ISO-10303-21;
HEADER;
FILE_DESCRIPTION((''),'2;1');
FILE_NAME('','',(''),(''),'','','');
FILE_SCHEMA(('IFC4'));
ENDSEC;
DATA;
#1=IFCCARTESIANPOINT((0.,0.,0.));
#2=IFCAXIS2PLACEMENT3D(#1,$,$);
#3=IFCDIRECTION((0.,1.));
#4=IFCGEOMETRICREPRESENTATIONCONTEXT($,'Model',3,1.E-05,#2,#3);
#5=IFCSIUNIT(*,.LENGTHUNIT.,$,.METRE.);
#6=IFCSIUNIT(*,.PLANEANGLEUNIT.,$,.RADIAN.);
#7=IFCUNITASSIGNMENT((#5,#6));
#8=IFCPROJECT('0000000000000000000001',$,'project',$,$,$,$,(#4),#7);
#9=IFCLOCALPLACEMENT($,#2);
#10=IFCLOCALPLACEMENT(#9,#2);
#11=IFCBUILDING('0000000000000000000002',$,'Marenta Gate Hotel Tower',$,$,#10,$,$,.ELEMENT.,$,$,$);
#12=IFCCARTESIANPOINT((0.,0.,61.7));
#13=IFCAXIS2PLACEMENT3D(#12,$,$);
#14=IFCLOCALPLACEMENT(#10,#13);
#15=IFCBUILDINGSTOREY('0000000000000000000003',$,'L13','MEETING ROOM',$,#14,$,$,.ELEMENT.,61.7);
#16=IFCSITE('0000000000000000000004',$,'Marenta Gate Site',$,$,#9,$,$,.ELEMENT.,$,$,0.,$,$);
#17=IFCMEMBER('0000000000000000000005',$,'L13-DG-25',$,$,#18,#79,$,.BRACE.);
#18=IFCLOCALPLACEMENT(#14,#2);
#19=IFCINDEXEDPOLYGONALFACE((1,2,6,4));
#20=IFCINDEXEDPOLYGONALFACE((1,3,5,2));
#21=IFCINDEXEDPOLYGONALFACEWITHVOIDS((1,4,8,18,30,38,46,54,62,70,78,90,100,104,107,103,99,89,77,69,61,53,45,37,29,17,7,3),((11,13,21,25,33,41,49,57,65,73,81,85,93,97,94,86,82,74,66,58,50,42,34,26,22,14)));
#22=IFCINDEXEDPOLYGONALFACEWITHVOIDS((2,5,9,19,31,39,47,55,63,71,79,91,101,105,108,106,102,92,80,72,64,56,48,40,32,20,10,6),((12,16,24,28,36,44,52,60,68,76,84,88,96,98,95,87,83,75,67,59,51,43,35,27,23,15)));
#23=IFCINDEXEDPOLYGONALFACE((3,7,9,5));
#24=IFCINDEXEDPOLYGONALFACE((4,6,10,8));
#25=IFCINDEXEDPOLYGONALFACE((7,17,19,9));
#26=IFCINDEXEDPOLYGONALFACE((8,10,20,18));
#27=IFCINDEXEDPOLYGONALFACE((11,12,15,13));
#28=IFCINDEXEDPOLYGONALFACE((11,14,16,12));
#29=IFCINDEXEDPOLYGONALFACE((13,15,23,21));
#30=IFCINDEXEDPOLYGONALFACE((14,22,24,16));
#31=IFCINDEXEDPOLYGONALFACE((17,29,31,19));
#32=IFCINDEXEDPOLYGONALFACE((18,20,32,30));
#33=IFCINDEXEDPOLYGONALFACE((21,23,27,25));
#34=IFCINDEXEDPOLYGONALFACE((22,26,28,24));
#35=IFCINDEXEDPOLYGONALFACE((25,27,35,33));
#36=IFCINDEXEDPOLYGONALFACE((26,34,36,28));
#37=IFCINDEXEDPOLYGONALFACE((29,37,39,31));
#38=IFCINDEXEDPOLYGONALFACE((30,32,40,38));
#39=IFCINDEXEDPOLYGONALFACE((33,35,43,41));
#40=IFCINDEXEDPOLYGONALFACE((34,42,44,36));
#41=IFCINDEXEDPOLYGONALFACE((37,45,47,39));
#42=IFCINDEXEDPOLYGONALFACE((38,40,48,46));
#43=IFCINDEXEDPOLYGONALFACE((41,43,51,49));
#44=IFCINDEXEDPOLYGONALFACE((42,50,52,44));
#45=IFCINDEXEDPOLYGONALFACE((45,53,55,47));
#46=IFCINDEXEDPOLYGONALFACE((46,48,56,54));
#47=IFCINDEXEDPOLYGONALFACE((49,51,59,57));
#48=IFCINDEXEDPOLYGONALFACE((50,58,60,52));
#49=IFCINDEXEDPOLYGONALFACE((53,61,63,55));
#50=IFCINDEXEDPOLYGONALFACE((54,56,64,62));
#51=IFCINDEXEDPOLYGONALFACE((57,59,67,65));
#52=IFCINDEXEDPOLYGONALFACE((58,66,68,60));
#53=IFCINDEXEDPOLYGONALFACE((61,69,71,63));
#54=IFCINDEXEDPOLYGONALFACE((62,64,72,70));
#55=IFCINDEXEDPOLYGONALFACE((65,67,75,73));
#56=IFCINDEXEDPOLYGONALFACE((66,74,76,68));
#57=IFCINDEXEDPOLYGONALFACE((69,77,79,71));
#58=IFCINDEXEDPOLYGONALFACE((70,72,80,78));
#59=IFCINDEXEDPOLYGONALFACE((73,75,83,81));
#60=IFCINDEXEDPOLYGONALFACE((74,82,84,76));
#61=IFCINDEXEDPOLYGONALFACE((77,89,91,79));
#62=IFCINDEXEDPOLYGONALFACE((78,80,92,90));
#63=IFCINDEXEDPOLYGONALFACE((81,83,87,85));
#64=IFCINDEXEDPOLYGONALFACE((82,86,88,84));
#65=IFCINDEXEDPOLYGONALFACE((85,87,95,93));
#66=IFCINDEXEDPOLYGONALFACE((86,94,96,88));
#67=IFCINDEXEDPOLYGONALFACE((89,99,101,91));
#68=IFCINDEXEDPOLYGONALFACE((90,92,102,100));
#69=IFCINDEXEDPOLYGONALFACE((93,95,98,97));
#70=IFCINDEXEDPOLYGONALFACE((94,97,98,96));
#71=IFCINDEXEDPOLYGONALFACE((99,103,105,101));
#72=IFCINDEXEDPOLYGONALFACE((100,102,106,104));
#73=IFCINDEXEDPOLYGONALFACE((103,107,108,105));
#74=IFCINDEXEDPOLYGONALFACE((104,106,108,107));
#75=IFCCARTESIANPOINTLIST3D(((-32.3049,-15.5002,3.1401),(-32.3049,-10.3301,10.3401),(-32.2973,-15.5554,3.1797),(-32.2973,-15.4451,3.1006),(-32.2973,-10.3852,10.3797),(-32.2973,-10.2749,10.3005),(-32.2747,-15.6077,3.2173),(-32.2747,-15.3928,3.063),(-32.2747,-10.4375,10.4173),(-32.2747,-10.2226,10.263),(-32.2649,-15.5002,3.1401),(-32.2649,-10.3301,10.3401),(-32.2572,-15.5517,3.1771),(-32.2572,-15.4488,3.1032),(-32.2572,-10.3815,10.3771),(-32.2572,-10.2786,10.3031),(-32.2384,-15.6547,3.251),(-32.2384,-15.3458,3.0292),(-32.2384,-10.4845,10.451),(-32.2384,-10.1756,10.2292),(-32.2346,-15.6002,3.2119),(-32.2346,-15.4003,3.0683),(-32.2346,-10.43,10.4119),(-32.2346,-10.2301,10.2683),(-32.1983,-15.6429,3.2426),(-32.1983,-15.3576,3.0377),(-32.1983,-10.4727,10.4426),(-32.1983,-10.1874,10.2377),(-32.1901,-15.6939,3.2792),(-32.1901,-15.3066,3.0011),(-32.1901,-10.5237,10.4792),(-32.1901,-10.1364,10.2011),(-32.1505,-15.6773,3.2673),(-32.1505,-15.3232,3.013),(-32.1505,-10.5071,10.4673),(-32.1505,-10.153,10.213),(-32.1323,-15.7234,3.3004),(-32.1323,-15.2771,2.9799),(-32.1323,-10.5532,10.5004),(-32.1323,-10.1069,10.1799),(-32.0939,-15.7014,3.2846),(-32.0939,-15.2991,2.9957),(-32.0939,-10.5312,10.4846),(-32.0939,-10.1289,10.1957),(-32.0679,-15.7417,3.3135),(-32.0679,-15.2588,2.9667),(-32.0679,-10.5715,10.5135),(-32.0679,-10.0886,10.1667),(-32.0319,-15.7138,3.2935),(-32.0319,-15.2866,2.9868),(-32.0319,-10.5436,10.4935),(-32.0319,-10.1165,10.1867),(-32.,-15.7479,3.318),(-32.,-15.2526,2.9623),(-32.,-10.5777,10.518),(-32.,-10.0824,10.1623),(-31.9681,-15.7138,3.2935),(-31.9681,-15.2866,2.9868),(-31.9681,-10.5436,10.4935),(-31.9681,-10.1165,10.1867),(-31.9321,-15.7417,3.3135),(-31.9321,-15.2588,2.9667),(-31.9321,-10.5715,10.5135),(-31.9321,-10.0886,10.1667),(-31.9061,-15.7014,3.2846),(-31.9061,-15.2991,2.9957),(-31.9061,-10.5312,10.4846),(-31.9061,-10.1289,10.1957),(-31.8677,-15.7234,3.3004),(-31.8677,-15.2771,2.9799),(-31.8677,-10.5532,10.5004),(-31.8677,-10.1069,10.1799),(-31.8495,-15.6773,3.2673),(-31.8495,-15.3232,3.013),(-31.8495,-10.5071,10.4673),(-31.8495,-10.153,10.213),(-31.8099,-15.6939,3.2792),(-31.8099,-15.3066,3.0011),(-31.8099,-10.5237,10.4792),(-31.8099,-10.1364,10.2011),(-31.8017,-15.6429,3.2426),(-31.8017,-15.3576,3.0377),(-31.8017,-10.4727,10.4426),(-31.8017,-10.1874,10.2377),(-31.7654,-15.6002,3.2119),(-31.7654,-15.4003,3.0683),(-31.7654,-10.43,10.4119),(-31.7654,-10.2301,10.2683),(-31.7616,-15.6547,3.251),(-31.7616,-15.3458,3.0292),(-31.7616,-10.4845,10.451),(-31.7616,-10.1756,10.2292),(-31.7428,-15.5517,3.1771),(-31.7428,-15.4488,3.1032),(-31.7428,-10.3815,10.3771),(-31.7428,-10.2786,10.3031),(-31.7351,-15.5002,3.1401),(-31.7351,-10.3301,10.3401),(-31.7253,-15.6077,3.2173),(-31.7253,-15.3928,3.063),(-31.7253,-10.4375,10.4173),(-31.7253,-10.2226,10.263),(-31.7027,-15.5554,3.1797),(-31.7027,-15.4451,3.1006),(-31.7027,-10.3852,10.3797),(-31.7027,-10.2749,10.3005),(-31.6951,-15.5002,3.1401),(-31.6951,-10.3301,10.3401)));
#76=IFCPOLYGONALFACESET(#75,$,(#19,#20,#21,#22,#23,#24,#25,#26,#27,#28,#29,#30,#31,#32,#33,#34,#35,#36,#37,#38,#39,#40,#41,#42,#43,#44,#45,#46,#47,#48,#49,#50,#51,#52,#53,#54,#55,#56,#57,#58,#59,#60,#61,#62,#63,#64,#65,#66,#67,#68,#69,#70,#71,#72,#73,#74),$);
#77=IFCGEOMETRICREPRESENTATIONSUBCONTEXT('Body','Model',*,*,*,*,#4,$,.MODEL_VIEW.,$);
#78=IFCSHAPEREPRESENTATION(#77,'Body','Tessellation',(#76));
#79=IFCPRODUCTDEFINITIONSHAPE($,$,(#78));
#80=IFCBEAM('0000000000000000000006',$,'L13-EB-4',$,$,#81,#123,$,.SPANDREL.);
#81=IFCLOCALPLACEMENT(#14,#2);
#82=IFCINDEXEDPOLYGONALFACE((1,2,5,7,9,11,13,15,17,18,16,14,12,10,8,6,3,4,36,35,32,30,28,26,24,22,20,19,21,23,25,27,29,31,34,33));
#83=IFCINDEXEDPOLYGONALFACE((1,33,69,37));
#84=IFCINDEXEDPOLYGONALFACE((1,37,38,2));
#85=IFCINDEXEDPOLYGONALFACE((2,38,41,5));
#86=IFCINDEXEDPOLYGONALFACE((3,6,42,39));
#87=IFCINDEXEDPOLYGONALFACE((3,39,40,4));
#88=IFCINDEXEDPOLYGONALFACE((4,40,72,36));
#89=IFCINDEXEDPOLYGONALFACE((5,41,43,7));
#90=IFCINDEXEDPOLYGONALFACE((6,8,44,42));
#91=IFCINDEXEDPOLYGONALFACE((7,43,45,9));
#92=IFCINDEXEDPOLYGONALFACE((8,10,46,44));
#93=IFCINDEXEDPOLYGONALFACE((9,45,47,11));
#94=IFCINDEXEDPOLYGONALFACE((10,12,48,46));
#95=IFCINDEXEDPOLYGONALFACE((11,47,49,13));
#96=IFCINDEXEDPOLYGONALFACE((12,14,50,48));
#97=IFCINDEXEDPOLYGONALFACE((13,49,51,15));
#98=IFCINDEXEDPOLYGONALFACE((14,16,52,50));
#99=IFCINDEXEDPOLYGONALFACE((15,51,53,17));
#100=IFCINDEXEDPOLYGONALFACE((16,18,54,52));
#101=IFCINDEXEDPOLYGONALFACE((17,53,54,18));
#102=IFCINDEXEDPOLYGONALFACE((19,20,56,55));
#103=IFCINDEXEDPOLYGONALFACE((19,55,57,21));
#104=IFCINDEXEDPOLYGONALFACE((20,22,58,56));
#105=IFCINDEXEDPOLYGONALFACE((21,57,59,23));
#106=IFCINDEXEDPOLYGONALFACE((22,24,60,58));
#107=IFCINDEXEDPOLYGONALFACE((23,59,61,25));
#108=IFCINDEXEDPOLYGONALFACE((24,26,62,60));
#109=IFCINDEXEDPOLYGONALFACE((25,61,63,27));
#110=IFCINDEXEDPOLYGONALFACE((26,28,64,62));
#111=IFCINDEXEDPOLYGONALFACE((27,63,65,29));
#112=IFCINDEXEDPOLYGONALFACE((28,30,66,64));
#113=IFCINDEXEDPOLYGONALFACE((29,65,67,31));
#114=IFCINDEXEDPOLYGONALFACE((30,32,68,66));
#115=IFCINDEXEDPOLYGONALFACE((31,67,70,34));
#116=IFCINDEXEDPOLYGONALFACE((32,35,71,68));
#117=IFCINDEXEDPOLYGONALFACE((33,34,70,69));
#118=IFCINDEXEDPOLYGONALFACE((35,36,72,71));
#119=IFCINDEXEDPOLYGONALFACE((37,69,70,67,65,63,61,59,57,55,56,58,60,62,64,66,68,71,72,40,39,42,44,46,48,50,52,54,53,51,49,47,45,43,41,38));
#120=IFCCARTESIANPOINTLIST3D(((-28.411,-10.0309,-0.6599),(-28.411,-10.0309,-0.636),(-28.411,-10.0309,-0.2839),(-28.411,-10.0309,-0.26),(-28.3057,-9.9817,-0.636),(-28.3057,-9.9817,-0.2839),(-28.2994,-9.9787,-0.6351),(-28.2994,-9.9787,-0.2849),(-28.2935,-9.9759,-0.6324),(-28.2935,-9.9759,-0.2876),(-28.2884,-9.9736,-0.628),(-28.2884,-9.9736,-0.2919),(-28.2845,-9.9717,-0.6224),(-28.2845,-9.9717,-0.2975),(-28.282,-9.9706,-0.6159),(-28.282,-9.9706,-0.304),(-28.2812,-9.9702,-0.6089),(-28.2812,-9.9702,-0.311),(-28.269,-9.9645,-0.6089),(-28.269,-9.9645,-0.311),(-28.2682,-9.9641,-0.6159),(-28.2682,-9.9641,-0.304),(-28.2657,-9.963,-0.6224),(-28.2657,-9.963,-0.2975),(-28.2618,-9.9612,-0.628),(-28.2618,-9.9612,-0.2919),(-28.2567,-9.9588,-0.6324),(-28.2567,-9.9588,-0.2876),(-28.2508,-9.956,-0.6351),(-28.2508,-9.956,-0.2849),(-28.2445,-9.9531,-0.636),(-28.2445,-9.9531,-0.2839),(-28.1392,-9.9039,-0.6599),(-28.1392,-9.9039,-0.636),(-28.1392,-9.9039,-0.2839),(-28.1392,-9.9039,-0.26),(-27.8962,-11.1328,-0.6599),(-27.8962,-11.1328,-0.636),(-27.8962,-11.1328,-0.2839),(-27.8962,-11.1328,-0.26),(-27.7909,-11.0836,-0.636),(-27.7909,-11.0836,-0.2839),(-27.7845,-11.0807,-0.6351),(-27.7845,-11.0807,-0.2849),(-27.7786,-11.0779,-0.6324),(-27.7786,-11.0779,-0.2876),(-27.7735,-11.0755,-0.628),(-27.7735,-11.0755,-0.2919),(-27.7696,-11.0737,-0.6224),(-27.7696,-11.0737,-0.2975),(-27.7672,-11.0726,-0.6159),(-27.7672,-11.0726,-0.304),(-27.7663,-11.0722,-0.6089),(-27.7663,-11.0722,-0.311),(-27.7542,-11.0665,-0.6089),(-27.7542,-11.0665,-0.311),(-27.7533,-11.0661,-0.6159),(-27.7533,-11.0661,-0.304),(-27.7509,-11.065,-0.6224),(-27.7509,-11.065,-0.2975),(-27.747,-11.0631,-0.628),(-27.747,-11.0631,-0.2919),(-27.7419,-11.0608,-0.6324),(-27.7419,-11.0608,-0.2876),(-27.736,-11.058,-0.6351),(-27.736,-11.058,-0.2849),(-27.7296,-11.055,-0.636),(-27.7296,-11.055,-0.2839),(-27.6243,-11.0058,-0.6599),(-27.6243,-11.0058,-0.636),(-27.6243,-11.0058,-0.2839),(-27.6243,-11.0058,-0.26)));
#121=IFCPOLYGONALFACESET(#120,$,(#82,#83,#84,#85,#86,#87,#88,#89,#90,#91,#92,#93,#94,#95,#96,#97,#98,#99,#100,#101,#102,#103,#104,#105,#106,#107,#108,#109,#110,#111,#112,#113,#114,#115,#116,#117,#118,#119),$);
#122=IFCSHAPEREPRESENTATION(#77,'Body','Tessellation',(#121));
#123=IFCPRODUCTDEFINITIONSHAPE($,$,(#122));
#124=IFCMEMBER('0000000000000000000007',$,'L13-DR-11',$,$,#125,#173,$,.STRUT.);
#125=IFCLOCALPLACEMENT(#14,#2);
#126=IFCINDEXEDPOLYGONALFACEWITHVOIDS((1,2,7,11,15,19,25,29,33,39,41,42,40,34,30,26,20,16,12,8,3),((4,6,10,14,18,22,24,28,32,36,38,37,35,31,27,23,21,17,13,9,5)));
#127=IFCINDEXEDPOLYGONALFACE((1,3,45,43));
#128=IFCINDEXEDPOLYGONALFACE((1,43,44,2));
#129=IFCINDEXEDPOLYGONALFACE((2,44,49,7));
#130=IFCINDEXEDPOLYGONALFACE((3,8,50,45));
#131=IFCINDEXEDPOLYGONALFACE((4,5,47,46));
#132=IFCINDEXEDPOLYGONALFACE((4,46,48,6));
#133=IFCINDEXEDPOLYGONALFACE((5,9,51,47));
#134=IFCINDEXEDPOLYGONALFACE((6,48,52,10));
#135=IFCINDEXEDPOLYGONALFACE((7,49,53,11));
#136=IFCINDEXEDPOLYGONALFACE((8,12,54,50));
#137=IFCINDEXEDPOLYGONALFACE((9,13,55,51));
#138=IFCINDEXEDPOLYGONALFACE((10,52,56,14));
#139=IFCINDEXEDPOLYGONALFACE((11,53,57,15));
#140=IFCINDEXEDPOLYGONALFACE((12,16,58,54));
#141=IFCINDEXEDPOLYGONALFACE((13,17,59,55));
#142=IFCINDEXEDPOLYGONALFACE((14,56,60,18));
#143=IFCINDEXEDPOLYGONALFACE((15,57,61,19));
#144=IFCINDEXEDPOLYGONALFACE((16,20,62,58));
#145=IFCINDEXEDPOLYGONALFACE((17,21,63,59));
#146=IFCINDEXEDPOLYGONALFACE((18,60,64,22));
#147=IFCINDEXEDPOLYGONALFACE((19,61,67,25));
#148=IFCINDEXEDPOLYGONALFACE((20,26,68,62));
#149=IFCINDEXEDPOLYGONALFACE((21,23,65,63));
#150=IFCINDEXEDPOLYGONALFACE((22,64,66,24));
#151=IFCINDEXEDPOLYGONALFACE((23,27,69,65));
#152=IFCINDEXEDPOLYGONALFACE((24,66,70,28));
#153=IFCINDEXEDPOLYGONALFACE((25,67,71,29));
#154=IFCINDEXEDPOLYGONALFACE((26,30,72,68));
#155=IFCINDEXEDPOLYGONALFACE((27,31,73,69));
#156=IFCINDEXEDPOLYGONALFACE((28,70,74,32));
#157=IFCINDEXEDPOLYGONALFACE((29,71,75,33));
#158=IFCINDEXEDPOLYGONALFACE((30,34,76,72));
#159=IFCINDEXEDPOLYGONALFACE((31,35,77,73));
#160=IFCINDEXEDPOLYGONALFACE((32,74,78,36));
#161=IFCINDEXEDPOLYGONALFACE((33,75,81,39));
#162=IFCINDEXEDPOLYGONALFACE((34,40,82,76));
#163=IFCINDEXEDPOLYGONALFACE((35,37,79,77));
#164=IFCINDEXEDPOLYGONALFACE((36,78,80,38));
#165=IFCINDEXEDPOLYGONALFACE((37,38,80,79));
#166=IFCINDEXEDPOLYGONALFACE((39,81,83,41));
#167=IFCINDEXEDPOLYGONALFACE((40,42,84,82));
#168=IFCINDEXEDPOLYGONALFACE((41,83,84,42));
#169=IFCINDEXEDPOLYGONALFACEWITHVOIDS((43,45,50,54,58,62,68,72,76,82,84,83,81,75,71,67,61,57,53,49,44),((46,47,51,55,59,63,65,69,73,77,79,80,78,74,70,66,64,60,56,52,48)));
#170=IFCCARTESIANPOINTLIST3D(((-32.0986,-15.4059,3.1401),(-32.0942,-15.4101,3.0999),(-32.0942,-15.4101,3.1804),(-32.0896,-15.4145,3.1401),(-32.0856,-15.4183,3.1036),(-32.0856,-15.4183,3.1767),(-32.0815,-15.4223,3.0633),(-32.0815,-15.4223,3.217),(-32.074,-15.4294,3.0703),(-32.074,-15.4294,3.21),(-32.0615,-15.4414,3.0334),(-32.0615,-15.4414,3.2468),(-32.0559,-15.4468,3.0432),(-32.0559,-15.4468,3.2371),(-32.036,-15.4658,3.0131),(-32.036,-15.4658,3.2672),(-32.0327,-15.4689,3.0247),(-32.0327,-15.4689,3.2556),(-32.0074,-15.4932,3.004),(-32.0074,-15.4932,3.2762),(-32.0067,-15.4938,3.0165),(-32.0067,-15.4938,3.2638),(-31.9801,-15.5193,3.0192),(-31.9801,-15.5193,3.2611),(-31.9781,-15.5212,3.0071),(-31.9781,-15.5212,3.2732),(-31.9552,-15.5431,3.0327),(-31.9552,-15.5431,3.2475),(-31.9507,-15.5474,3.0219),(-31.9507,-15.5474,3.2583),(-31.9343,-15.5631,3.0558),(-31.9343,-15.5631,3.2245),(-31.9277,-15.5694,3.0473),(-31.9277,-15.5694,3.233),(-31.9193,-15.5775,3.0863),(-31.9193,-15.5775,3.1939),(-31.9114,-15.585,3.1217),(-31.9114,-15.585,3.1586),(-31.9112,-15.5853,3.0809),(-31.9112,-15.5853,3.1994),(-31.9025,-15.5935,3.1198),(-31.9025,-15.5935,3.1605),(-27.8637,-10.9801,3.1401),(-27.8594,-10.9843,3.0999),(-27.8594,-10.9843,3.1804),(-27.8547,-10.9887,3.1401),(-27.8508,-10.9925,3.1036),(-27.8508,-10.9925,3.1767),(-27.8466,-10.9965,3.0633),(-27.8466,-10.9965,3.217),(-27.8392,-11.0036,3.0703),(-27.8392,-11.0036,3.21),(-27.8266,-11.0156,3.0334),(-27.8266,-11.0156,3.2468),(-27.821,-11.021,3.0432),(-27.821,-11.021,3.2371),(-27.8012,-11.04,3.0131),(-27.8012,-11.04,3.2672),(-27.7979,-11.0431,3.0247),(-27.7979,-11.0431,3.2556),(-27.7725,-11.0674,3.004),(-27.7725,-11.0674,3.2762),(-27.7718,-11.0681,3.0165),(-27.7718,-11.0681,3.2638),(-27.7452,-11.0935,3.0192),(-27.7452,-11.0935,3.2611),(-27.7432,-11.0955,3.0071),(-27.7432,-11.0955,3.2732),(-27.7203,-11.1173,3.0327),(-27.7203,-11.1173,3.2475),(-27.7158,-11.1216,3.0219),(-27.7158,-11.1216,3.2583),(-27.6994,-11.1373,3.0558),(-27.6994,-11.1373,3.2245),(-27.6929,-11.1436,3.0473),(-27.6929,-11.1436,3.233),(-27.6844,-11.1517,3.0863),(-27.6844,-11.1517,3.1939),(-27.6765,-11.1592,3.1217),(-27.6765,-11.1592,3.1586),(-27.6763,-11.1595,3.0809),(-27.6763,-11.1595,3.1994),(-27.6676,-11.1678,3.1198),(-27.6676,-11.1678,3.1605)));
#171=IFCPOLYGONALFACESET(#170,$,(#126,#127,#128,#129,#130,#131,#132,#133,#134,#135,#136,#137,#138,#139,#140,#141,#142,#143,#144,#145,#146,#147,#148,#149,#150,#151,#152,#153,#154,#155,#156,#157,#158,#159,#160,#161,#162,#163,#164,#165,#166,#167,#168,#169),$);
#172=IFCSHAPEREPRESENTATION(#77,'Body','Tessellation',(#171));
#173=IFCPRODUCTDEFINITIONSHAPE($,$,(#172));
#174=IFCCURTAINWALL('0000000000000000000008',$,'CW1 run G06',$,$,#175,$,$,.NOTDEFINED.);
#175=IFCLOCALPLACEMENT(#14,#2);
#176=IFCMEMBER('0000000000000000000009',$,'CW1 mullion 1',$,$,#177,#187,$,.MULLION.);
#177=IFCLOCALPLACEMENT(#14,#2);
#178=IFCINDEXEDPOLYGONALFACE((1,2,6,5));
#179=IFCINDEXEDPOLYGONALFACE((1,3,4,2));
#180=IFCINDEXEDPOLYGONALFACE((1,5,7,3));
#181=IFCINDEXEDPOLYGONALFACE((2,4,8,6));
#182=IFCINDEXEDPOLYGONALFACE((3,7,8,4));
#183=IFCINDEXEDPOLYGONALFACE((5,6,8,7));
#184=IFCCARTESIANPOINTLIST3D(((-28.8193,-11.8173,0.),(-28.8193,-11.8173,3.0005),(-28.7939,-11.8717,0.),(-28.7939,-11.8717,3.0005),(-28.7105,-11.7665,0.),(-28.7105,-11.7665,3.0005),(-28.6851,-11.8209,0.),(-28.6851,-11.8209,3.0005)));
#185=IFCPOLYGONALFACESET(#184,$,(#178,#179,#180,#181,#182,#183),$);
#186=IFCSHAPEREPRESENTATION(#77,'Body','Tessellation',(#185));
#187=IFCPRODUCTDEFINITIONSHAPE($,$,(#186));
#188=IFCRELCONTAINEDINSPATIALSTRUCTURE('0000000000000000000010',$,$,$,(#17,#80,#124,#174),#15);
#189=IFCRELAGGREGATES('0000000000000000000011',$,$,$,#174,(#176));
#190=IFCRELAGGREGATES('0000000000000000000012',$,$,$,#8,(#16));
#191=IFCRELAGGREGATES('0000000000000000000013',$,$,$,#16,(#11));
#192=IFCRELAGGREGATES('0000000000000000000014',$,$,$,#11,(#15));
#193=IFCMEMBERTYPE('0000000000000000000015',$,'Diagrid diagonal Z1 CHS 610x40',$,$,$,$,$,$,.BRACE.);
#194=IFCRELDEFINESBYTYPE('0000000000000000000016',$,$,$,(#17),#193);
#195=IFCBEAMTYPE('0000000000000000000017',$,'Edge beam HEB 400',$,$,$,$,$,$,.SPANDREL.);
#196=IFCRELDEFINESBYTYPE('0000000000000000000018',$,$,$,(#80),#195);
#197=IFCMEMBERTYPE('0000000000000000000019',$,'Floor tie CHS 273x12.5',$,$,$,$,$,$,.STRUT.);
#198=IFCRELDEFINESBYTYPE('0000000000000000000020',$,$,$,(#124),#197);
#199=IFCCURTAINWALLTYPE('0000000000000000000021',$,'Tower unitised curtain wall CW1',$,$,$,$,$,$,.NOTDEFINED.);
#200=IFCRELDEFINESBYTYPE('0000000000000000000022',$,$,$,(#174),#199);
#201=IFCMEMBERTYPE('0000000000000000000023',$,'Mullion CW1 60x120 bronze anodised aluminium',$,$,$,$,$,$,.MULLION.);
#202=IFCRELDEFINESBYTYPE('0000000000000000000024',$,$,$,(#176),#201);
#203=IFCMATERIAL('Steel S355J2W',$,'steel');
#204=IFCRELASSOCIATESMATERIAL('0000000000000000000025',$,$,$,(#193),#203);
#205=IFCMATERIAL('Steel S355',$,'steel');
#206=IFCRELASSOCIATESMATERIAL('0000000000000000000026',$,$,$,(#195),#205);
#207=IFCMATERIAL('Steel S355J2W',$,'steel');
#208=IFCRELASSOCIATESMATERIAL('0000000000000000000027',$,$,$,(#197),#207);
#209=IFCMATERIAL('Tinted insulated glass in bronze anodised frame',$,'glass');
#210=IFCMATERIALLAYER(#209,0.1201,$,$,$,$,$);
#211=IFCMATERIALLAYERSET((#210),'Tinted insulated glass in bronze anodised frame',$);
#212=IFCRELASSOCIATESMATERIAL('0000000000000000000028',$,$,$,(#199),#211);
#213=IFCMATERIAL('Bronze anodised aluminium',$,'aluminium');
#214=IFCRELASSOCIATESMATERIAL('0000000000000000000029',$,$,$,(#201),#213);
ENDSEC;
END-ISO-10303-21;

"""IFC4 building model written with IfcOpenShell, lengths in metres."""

from ifc_helpers import new_model, si_unit, direction, frame, origin, origin_2d, place, context, subcontext, project, spatial, rectangle, hollow_circle, i_section, extrude, material, layer, layer_set, material_profile, profile_set, type_object, element, aggregate, save


model = new_model("IFC4")

# Units and contexts
model_context = context("Model", 3, precision=1e-05, world=origin(), true_north=direction((0.0, 1.0)))
body_context = subcontext(model_context, "Body", "Model", "MODEL_VIEW")
ifc_project = project(units=[si_unit("LENGTHUNIT", "METRE"), si_unit("PLANEANGLEUNIT", "RADIAN")], contexts=[model_context])

# Site, building, storey
site_placement = place(None, origin())
site = spatial("IfcSite", under=ifc_project, at=site_placement, Name="Marenta Gate Site", CompositionType="ELEMENT", RefElevation=0.0)
building_placement = place(site_placement, origin())
building = spatial("IfcBuilding", under=site, at=building_placement, Name="Marenta Gate Hotel Tower", CompositionType="ELEMENT")
storey_placement = place(building_placement, frame((0.0, 0.0, 61.7)))
storey = spatial("IfcBuildingStorey", under=building, at=storey_placement, Name="L13", Description="MEETING ROOM", CompositionType="ELEMENT", Elevation=61.7)

# Member
ifc_material_1 = material(Name="Steel S355J2W", Category="steel")
ifc_material_profile_1 = material_profile(ifc_material_1, hollow_circle(Radius=0.3049, WallThickness=0.04, at=origin_2d()), Name="CHS 610x40")
ifc_profile_set_1 = profile_set([ifc_material_profile_1], Name="Steel S355J2W")
member_type_1 = type_object("IfcMemberType", Name="Diagrid diagonal Z1 CHS 610x40", PredefinedType="BRACE", material=ifc_profile_set_1)
member_1_placement = place(storey_placement, frame((-32.0, -15.5002, 3.1401), z_axis=(0.0, 0.583279, 0.812272), x_axis=(-1.0, 0.0, 0.0)))
element("IfcMember", 1, at=member_1_placement, inside=storey, type_object=member_type_1, Name="L13-DG-25", PredefinedType="BRACE", context=body_context, shape_type="SweptSolid", body=[
    extrude(hollow_circle(Radius=0.3049, WallThickness=0.04, at=origin_2d()), origin(), (0.0, 0.0, 1.0), 8.864),
])

# Beam
ifc_material_2 = material(Name="Steel S355", Category="steel")
ifc_material_profile_2 = material_profile(ifc_material_2, i_section(OverallWidth=0.3, OverallDepth=0.3999, WebThickness=0.0134, FlangeThickness=0.0239, FilletRadius=0.0271, at=origin_2d()), Name="HEB 400")
ifc_profile_set_2 = profile_set([ifc_material_profile_2], Name="Steel S355")
beam_type = type_object("IfcBeamType", Name="Edge beam HEB 400", PredefinedType="SPANDREL", material=ifc_profile_set_2)
beam_placement = place(storey_placement, frame((-27.7603, -11.0693, -0.46), z_axis=(-0.423292, 0.905993, 0.0), x_axis=(-0.905993, -0.423292, 0.0)))
element("IfcBeam", 2, at=beam_placement, inside=storey, type_object=beam_type, Name="L13-EB-4", PredefinedType="SPANDREL", context=body_context, shape_type="SweptSolid", body=[
    extrude(i_section(OverallWidth=0.3, OverallDepth=0.3999, WebThickness=0.0134, FlangeThickness=0.0239, FilletRadius=0.0271, at=origin_2d()), origin(), (0.0, 0.0, 1.0), 1.2163),
])

# Member
ifc_material_3 = material(Name="Steel S355J2W", Category="steel")
ifc_material_profile_3 = material_profile(ifc_material_3, hollow_circle(Radius=0.1365, WallThickness=0.0125, at=origin_2d()), Name="CHS 273x12.5")
ifc_profile_set_3 = profile_set([ifc_material_profile_3], Name="Steel S355J2W")
member_type_2 = type_object("IfcMemberType", Name="Floor tie CHS 273x12.5", PredefinedType="STRUT", material=ifc_profile_set_3)
member_2_placement = place(storey_placement, frame((-32.0, -15.5002, 3.1401), z_axis=(0.691351, 0.722519, 0.0), x_axis=(-0.722519, 0.691351, 0.0)))
element("IfcMember", 3, at=member_2_placement, inside=storey, type_object=member_type_2, Name="L13-DR-11", PredefinedType="STRUT", context=body_context, shape_type="SweptSolid", body=[
    extrude(hollow_circle(Radius=0.1365, WallThickness=0.0125, at=origin_2d()), origin(), (0.0, 0.0, 1.0), 6.1255),
])

# Curtain wall, member
ifc_material_4 = material(Name="Tinted insulated glass in bronze anodised frame", Category="glass")
ifc_layer_1 = layer(ifc_material_4, 0.1201)
ifc_layer_set_1 = layer_set([ifc_layer_1], Name="Tinted insulated glass in bronze anodised frame")
curtain_wall_type = type_object("IfcCurtainWallType", Name="Tower unitised curtain wall CW1", PredefinedType="NOTDEFINED", material=ifc_layer_set_1)
curtain_wall_1_placement = place(storey_placement, origin())
curtain_wall_1 = element("IfcCurtainWall", 4, at=curtain_wall_1_placement, inside=storey, type_object=curtain_wall_type, Name="CW1 run G06", PredefinedType="NOTDEFINED")
ifc_material_5 = material(Name="Bronze anodised aluminium", Category="aluminium")
ifc_material_profile_4 = material_profile(ifc_material_5, rectangle(XDim=0.1201, YDim=0.0601, at=origin_2d()), Name="Mullion CW1 60x120 bronze anodised aluminium")
ifc_profile_set_4 = profile_set([ifc_material_profile_4], Name="Bronze anodised aluminium")
member_type_3 = type_object("IfcMemberType", Name="Mullion CW1 60x120 bronze anodised aluminium", PredefinedType="MULLION", material=ifc_profile_set_4)
member_3_placement = place(storey_placement, frame((-28.7522, -11.8191, 0.0), z_axis=(0.0, 0.0, 1.0), x_axis=(0.906004, 0.423268, 0.0)))
member_3 = element("IfcMember", 5, at=member_3_placement, type_object=member_type_3, Name="CW1 mullion 1", PredefinedType="MULLION", context=body_context, shape_type="SweptSolid", body=[
    extrude(rectangle(XDim=0.1201, YDim=0.0601, at=origin_2d()), origin(), (0.0, 0.0, 1.0), 3.0005),
])

aggregate(curtain_wall_1, [member_3])

save(model, "model.ifc")
